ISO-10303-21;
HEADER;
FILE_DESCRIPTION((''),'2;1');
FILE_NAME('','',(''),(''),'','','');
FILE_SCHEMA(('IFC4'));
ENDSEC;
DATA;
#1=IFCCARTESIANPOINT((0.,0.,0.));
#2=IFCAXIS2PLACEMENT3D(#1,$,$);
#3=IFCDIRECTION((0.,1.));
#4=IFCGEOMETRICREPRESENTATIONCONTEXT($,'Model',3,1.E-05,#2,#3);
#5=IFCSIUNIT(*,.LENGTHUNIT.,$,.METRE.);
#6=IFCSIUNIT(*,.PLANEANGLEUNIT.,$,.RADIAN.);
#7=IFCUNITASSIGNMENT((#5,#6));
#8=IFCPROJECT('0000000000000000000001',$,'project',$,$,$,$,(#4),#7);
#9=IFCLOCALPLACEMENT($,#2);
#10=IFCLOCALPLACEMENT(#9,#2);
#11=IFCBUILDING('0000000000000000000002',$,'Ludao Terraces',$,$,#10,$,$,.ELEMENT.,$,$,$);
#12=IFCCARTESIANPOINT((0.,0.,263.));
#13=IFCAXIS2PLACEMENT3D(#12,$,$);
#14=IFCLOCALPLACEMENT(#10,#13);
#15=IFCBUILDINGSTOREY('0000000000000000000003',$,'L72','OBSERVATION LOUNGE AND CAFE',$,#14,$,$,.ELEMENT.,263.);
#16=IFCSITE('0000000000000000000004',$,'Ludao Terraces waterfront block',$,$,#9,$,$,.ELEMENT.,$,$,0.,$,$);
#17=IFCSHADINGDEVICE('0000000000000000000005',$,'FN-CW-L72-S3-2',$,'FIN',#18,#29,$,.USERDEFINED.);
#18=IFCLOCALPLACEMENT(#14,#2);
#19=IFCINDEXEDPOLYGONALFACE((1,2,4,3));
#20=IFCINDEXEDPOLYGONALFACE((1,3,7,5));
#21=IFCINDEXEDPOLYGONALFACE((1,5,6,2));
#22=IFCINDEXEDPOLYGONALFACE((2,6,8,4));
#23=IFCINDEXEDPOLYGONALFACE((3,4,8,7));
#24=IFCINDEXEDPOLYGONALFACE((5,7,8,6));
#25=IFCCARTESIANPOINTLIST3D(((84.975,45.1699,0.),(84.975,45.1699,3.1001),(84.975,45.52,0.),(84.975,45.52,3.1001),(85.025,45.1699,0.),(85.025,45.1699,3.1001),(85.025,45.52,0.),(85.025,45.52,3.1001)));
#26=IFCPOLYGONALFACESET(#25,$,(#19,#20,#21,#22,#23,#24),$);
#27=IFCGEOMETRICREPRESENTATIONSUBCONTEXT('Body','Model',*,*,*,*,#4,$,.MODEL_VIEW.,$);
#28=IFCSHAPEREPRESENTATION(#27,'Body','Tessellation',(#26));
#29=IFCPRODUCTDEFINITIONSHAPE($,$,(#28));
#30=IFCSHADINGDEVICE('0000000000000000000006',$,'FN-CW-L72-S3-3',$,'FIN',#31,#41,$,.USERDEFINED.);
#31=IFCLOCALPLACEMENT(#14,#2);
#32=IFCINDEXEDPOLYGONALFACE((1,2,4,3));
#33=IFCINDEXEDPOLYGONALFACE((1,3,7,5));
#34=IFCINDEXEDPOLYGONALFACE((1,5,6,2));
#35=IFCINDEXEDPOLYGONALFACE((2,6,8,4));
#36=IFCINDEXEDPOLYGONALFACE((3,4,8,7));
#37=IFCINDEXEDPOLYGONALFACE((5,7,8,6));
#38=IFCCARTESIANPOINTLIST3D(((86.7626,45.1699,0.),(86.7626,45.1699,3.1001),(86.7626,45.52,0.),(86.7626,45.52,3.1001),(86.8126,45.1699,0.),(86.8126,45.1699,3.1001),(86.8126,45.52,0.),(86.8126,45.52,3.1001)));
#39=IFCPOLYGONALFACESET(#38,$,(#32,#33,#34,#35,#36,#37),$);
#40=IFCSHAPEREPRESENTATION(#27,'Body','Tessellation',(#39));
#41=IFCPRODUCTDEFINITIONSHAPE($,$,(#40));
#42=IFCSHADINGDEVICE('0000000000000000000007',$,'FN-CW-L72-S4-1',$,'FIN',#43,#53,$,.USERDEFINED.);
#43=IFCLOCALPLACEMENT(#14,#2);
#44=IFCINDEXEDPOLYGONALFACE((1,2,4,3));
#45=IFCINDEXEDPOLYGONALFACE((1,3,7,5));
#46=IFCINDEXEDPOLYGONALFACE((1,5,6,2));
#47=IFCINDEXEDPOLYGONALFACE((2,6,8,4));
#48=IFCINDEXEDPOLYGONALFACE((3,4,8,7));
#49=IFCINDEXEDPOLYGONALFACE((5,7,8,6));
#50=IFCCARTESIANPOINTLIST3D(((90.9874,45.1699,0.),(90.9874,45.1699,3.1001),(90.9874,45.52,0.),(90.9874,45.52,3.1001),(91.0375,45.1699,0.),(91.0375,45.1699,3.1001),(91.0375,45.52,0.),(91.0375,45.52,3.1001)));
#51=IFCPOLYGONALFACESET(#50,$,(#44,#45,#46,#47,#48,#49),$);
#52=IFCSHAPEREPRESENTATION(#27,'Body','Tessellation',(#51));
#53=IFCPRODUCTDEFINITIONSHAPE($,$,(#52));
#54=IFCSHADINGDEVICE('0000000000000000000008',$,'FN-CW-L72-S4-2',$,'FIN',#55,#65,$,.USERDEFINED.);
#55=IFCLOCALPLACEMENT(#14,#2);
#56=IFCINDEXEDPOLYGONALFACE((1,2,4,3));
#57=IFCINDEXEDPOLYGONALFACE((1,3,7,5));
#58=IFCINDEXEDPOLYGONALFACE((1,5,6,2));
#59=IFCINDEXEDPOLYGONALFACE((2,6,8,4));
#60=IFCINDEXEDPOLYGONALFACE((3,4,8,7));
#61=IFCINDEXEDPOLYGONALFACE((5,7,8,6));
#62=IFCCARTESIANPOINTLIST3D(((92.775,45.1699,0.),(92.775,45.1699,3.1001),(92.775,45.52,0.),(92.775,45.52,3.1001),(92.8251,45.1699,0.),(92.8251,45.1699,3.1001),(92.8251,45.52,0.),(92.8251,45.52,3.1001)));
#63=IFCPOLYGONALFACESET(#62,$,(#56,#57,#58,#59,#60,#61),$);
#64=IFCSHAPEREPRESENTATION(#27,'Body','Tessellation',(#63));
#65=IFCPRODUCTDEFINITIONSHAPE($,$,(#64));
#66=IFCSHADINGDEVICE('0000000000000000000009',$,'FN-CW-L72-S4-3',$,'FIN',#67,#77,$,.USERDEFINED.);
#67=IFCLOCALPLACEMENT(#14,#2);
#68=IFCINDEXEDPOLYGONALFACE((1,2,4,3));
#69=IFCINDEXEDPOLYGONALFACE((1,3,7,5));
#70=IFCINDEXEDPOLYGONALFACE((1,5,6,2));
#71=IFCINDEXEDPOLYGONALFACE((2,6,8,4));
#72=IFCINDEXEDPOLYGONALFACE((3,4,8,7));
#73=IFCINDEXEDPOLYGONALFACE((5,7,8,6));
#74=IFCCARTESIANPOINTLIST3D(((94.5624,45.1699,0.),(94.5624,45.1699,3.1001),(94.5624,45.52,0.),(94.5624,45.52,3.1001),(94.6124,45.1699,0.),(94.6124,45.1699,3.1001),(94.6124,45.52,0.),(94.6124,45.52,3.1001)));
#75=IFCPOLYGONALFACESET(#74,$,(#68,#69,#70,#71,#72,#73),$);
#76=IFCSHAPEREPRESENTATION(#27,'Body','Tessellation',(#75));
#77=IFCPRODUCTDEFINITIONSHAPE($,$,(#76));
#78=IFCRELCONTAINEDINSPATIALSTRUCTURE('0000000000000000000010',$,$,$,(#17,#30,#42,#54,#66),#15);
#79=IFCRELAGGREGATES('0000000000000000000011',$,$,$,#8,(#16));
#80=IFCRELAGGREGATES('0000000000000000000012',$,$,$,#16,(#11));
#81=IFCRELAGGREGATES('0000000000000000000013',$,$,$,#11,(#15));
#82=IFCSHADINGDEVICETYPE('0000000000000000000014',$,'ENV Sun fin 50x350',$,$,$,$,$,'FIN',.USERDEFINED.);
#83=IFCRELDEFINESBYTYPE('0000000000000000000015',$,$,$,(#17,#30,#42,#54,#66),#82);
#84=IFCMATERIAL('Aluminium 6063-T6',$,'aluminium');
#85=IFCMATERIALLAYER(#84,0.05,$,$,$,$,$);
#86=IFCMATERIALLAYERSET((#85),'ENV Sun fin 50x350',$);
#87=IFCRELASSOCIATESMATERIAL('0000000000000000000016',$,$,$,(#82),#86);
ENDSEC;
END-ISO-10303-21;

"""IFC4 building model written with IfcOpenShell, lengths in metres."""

from ifc_helpers import new_model, si_unit, direction, frame, origin, origin_2d, place, context, subcontext, project, spatial, rectangle, extrude, material, layer, layer_set, type_object, element, save


model = new_model("IFC4")

# Units and contexts
model_context = context("Model", 3, precision=1e-05, world=origin(), true_north=direction((0.0, 1.0)))
body_context = subcontext(model_context, "Body", "Model", "MODEL_VIEW")
ifc_project = project(units=[si_unit("LENGTHUNIT", "METRE"), si_unit("PLANEANGLEUNIT", "RADIAN")], contexts=[model_context])

# Site, building, storey
site_placement = place(None, origin())
site = spatial("IfcSite", under=ifc_project, at=site_placement, Name="Ludao Terraces waterfront block", CompositionType="ELEMENT", RefElevation=0.0)
building_placement = place(site_placement, origin())
building = spatial("IfcBuilding", under=site, at=building_placement, Name="Ludao Terraces", CompositionType="ELEMENT")
storey_placement = place(building_placement, frame((0.0, 0.0, 263.0)))
storey = spatial("IfcBuildingStorey", under=building, at=storey_placement, Name="L72", Description="OBSERVATION LOUNGE AND CAFE", CompositionType="ELEMENT", Elevation=263.0)

# Shared definitions
ifc_material_1 = material(Name="Aluminium 6063-T6", Category="aluminium")

# Shading devices
ifc_layer_1 = layer(ifc_material_1, 0.05)
ifc_layer_set_1 = layer_set([ifc_layer_1], Name="ENV Sun fin 50x350")
shading_device_type = type_object("IfcShadingDeviceType", Name="ENV Sun fin 50x350", ElementType="FIN", PredefinedType="USERDEFINED", material=ifc_layer_set_1)
for number, where, z_axis, x_axis, name in (
    (1, (85.0, 45.345, 0.0), (0.0, 0.0, 1.0), (1.0, 0.0, 0.0), "FN-CW-L72-S3-2"),
    (2, (86.7876, 45.345, 0.0), (0.0, 0.0, 1.0), (1.0, 0.0, 0.0), "FN-CW-L72-S3-3"),
    (3, (91.0125, 45.345, 0.0), (0.0, 0.0, 1.0), (1.0, 0.0, 0.0), "FN-CW-L72-S4-1"),
    (4, (92.8, 45.345, 0.0), (0.0, 0.0, 1.0), (1.0, 0.0, 0.0), "FN-CW-L72-S4-2"),
    (5, (94.5874, 45.345, 0.0), (0.0, 0.0, 1.0), (1.0, 0.0, 0.0), "FN-CW-L72-S4-3"),
):
    element("IfcShadingDevice", number, at=place(storey_placement, frame(where, z_axis=z_axis, x_axis=x_axis)), inside=storey, type_object=shading_device_type, Name=name, ObjectType="FIN", PredefinedType="USERDEFINED", context=body_context, shape_type="SweptSolid", body=[
        extrude(rectangle(XDim=0.05, YDim=0.3501, at=origin_2d()), origin(), (0.0, 0.0, 1.0), 3.1001),
    ])

save(model, "model.ifc")
